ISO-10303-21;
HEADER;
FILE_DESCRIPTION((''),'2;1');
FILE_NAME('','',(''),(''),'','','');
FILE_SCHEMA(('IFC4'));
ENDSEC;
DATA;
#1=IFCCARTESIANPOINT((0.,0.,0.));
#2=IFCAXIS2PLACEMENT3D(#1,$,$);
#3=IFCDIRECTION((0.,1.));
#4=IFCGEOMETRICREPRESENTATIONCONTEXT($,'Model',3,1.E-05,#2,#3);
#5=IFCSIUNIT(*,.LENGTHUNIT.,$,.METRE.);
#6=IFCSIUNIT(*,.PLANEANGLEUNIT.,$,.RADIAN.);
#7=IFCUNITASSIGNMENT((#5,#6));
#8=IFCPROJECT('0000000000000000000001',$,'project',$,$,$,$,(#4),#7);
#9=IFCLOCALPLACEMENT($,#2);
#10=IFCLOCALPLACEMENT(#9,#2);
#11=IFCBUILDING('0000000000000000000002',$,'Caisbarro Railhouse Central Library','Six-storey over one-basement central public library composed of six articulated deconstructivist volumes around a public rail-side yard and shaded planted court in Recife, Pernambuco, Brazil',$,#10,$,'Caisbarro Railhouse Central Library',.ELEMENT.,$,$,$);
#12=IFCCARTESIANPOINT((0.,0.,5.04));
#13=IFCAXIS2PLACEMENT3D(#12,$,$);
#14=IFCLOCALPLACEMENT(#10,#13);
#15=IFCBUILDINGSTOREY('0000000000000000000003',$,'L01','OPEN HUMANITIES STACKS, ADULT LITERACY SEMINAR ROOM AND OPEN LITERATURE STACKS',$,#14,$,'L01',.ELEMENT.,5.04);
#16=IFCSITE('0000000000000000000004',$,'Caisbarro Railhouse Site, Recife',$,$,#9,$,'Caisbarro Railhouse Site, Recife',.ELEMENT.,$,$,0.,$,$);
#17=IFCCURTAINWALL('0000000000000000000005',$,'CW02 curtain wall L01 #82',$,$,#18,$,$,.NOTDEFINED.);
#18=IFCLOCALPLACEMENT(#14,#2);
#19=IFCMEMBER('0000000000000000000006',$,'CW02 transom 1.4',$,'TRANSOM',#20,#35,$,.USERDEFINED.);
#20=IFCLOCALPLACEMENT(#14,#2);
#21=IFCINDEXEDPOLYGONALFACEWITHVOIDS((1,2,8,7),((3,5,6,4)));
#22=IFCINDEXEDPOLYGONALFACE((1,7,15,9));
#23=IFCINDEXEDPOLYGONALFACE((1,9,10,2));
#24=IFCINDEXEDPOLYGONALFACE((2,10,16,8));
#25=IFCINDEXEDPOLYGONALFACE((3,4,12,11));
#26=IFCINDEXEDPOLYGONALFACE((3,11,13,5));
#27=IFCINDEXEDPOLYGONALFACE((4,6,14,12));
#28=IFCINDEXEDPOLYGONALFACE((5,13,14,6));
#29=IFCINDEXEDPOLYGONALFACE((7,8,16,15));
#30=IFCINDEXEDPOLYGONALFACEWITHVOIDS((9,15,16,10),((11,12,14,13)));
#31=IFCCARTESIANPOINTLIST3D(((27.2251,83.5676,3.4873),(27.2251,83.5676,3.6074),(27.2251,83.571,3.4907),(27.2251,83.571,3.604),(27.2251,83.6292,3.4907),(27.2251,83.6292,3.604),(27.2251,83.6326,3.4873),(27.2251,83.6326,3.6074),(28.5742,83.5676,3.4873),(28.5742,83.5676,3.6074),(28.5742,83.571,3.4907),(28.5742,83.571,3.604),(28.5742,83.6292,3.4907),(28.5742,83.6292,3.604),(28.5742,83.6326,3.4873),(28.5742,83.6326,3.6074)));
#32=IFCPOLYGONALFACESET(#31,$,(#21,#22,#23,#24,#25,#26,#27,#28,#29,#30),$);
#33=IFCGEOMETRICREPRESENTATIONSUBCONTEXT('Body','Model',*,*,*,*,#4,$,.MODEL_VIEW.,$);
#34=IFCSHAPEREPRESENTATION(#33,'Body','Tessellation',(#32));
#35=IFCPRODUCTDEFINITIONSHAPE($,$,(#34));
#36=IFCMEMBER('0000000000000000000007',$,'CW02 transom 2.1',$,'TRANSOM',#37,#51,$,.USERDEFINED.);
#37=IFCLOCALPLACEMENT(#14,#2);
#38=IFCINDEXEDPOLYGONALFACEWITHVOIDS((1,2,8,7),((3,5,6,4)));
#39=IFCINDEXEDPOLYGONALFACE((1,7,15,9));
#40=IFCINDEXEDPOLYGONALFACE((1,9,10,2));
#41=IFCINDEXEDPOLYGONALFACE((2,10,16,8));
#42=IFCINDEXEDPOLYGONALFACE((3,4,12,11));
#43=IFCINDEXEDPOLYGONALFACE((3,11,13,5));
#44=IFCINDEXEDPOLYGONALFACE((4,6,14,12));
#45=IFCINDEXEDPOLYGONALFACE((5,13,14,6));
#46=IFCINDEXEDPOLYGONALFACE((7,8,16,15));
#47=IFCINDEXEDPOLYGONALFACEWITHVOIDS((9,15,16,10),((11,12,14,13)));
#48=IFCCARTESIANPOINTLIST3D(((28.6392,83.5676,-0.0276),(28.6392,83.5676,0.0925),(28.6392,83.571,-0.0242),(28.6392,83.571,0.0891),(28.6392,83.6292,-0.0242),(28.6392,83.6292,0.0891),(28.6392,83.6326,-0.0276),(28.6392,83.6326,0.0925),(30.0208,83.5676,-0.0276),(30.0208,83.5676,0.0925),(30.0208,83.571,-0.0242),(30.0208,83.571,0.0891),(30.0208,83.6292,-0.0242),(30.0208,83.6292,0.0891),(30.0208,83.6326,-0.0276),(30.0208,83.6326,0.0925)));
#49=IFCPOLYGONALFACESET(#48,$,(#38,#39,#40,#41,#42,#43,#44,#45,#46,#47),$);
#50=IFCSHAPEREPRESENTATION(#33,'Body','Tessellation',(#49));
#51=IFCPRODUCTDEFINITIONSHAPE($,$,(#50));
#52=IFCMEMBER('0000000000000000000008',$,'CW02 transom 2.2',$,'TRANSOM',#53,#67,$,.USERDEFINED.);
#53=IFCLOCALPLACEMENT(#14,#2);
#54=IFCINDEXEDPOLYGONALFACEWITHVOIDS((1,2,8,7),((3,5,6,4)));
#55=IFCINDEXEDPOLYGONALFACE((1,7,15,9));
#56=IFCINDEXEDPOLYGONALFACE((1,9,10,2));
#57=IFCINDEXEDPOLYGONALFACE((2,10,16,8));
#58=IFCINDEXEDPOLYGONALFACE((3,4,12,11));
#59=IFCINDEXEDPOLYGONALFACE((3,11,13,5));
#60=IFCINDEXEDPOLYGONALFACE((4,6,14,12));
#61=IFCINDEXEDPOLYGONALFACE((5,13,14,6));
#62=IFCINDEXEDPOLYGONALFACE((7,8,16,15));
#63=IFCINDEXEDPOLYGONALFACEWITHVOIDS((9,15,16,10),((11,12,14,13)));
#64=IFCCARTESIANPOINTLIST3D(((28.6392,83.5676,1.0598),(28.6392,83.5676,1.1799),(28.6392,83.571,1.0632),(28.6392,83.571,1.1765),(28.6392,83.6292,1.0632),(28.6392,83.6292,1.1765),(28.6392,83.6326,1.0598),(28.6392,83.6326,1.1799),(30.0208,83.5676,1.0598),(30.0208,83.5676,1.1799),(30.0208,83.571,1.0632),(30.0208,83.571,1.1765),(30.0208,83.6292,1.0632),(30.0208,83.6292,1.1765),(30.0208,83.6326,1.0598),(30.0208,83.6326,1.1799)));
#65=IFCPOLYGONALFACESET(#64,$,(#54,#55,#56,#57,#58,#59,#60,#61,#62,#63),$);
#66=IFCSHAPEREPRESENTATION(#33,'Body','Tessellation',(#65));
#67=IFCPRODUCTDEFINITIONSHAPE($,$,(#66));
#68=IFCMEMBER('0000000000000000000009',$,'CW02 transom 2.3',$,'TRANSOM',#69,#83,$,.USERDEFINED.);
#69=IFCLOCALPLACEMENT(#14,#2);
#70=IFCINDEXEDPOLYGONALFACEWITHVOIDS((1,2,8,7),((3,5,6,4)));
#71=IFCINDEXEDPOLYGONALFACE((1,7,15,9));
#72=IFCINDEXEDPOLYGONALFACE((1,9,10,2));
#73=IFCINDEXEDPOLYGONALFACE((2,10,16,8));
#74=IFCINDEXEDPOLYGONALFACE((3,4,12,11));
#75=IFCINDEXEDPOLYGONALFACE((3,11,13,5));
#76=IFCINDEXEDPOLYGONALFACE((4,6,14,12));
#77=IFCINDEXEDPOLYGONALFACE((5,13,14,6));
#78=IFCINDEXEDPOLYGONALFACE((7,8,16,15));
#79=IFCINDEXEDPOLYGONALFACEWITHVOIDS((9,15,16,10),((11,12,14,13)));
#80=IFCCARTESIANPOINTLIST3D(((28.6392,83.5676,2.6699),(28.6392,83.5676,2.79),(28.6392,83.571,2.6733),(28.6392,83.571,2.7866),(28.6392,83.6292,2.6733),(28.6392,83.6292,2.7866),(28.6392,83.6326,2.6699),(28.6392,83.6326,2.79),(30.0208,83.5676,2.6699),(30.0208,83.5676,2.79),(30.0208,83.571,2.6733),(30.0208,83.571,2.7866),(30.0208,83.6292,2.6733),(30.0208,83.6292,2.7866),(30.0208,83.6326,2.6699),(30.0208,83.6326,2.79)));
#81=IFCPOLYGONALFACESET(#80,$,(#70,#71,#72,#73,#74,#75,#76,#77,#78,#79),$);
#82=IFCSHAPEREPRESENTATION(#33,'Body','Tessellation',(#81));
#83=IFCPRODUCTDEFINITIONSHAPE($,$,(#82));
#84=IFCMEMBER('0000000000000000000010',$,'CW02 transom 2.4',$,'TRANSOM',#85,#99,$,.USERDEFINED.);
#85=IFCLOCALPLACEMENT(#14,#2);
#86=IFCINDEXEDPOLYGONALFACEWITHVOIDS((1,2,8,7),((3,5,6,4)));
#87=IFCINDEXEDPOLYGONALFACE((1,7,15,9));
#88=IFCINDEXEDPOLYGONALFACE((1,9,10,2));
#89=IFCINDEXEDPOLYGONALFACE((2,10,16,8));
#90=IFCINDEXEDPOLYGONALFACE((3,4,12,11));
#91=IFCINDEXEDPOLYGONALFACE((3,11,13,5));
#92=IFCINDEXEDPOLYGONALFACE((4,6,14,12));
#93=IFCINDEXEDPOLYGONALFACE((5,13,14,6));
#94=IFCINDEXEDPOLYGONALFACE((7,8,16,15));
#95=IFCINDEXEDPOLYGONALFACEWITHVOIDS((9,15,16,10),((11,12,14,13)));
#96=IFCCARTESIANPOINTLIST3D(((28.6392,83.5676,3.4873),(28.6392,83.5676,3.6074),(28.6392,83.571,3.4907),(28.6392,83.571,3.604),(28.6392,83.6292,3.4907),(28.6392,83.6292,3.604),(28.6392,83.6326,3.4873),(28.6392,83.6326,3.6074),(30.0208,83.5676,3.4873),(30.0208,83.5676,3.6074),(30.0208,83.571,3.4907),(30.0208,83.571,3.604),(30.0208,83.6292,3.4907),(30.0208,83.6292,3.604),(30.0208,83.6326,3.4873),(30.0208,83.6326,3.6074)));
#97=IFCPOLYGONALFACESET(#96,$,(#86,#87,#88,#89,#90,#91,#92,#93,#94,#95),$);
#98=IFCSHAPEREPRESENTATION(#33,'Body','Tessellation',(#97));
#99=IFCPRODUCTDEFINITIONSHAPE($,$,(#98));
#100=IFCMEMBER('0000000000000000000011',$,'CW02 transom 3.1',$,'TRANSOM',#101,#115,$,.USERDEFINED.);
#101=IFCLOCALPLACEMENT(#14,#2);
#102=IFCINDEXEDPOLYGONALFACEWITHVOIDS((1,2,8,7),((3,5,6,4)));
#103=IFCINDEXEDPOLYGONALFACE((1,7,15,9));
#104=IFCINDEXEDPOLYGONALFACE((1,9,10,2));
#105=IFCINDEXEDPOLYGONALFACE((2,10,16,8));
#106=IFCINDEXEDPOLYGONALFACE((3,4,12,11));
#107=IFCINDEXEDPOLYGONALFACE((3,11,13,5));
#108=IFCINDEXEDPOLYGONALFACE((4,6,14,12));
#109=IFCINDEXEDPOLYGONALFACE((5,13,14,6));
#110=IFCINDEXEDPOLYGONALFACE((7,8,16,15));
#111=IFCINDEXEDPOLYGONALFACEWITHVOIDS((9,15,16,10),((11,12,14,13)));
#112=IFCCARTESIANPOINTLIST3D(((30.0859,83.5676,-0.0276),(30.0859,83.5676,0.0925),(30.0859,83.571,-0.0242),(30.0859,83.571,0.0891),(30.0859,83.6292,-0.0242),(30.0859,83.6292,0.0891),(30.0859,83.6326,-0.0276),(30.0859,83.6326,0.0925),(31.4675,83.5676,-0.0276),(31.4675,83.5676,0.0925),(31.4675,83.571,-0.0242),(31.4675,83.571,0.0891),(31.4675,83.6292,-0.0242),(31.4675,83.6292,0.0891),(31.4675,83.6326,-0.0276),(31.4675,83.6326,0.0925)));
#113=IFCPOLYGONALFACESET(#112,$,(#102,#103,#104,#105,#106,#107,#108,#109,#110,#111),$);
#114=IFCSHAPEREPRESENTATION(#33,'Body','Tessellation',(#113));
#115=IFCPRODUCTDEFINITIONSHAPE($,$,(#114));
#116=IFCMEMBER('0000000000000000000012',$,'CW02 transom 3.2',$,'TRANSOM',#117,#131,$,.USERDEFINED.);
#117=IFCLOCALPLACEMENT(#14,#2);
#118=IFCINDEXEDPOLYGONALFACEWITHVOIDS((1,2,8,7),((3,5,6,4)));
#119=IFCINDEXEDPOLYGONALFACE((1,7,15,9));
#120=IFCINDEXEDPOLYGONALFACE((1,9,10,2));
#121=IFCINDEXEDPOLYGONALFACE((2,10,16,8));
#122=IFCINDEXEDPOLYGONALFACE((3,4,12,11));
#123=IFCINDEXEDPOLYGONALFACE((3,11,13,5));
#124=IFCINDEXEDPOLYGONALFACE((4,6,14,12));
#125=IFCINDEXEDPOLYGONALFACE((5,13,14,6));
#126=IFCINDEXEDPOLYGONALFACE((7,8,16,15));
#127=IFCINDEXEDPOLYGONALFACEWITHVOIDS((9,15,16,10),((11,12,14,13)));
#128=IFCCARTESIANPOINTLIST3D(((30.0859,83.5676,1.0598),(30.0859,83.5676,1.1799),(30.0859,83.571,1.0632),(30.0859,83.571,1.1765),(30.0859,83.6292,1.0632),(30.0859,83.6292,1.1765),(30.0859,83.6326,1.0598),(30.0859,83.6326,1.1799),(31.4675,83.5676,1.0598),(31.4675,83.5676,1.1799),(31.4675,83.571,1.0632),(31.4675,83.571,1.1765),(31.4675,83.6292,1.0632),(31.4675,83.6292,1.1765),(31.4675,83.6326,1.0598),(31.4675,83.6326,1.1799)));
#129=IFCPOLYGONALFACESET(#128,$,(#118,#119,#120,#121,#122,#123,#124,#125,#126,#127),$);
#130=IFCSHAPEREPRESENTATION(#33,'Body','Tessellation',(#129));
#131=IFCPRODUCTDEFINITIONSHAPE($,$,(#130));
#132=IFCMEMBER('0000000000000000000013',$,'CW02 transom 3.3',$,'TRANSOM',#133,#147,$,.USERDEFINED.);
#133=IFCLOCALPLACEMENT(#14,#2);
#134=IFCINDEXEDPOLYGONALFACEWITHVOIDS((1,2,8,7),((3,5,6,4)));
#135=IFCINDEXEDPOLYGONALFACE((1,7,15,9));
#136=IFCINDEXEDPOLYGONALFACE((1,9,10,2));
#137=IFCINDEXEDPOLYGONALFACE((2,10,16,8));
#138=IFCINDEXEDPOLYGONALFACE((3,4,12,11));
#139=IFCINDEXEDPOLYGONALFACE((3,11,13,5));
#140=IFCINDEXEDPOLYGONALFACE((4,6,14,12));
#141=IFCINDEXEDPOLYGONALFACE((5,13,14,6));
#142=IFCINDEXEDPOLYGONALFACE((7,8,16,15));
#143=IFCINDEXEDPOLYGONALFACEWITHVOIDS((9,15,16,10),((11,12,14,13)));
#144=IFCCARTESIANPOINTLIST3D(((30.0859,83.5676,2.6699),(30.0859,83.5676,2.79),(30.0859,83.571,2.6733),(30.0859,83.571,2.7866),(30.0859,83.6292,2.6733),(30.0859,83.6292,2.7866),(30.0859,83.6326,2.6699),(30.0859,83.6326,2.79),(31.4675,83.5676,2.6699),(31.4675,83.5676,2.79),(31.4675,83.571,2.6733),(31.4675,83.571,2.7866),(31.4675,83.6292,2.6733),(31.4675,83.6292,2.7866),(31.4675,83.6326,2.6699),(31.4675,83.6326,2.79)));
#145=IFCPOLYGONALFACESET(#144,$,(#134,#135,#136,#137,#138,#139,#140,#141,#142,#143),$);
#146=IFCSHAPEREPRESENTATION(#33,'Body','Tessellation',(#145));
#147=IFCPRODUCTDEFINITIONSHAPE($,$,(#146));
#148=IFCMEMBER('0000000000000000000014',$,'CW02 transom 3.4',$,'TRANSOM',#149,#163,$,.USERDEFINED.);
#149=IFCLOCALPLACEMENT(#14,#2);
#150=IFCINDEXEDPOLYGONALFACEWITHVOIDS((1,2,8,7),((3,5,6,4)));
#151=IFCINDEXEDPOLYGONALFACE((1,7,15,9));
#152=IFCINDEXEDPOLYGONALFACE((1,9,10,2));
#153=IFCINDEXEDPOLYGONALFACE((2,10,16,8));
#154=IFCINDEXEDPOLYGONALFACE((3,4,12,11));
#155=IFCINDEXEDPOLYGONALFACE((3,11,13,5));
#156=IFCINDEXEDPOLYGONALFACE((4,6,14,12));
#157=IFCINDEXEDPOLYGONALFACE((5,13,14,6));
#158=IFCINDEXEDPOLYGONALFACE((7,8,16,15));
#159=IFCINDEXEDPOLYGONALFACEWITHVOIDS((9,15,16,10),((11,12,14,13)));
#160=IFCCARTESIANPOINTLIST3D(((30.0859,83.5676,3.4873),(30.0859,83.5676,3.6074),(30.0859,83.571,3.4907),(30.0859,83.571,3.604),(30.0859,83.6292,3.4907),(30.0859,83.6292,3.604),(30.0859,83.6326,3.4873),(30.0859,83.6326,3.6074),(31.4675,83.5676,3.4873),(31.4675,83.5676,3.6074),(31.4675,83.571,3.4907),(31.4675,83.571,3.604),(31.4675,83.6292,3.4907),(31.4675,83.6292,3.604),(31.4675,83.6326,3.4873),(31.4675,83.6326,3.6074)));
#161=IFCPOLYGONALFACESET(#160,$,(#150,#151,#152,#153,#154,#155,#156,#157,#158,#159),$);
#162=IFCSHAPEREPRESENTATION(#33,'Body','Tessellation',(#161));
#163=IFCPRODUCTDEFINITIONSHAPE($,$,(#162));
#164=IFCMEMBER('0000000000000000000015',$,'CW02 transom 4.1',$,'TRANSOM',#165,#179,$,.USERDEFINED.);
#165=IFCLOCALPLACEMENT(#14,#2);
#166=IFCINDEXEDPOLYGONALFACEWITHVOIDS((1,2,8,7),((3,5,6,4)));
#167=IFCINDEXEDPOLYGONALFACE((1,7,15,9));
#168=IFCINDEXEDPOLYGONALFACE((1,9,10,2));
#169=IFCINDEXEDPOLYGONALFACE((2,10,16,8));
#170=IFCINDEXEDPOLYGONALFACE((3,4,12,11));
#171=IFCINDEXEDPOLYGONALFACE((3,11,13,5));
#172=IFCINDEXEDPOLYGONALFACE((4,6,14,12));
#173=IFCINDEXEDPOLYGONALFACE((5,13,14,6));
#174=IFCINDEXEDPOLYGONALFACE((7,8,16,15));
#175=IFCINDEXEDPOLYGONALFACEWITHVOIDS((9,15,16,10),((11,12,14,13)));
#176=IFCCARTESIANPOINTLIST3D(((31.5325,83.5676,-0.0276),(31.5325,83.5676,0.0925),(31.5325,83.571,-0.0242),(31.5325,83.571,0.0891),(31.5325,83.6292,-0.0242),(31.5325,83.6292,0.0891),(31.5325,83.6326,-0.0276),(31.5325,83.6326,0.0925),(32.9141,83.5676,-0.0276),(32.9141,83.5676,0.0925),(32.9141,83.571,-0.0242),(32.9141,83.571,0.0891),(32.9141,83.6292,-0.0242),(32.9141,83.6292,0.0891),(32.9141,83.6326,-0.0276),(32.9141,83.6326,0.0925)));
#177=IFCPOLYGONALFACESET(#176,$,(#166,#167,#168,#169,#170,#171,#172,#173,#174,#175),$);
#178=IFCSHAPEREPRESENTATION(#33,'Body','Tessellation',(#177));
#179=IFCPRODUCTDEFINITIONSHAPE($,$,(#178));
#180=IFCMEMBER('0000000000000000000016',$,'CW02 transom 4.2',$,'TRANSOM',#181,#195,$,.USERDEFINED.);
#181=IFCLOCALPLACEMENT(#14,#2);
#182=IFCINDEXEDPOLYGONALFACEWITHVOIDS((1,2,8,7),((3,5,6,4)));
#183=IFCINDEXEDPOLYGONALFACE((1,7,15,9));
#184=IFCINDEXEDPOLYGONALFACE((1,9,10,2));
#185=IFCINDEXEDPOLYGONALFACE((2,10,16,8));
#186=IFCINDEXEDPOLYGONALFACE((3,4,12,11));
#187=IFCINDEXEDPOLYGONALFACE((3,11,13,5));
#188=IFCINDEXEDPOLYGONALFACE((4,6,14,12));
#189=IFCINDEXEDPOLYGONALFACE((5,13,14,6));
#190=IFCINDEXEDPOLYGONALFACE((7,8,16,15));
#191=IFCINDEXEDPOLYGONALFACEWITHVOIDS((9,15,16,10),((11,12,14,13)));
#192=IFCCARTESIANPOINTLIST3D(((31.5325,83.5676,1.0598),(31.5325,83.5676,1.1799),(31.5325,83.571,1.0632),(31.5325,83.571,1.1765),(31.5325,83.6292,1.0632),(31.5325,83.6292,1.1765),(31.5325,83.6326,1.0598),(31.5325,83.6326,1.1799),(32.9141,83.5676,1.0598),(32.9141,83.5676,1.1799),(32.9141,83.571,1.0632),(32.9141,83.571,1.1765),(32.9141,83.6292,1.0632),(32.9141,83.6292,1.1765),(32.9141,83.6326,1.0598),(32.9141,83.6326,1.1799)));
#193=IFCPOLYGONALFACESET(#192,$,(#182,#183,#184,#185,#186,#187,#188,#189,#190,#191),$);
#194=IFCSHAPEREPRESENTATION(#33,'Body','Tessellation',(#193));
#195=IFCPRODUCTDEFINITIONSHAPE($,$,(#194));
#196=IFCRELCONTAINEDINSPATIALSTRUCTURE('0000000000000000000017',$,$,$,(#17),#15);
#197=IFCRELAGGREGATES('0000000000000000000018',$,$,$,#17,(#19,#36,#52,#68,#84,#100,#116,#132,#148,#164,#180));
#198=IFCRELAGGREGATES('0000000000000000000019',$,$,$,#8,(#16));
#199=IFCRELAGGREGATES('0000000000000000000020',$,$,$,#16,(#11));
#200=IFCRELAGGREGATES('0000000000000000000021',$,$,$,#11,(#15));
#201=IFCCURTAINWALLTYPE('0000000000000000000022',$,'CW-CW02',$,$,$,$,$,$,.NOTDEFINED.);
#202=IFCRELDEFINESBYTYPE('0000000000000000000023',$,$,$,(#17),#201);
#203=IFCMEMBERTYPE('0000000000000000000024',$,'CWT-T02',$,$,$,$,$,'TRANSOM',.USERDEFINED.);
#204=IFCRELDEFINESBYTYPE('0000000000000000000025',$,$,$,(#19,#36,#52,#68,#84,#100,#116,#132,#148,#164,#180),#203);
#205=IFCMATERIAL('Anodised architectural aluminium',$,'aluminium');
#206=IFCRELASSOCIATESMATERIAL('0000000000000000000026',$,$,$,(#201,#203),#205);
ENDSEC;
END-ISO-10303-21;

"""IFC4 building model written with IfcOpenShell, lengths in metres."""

from ifc_helpers import new_model, si_unit, direction, frame, origin, origin_2d, place, context, subcontext, project, spatial, hollow_rectangle, extrude, material, material_profile, profile_set, type_object, element, aggregate, save


model = new_model("IFC4")

# Units and contexts
model_context = context("Model", 3, precision=1e-05, world=origin(), true_north=direction((0.0, 1.0)))
body_context = subcontext(model_context, "Body", "Model", "MODEL_VIEW")
ifc_project = project(units=[si_unit("LENGTHUNIT", "METRE"), si_unit("PLANEANGLEUNIT", "RADIAN")], contexts=[model_context])

# Site, building, storey
site_placement = place(None, origin())
site = spatial("IfcSite", under=ifc_project, at=site_placement, Name="Caisbarro Railhouse Site, Recife", LongName="Caisbarro Railhouse Site, Recife", CompositionType="ELEMENT", RefElevation=0.0)
building_placement = place(site_placement, origin())
building = spatial("IfcBuilding", under=site, at=building_placement, Name="Caisbarro Railhouse Central Library", Description="Six-storey over one-basement central public library composed of six articulated deconstructivist volumes around a public rail-side yard and shaded planted court in Recife, Pernambuco, Brazil", LongName="Caisbarro Railhouse Central Library", CompositionType="ELEMENT")
storey_placement = place(building_placement, frame((0.0, 0.0, 5.04)))
storey = spatial("IfcBuildingStorey", under=building, at=storey_placement, Name="L01", Description="OPEN HUMANITIES STACKS, ADULT LITERACY SEMINAR ROOM AND OPEN LITERATURE STACKS", LongName="L01", CompositionType="ELEMENT", Elevation=5.04)

# Curtain wall, members
ifc_material_1 = material(Name="Anodised architectural aluminium", Category="aluminium")
curtain_wall_type = type_object("IfcCurtainWallType", Name="CW-CW02", PredefinedType="NOTDEFINED", material=ifc_material_1)
curtain_wall_placement = place(storey_placement, origin())
curtain_wall = element("IfcCurtainWall", 1, at=curtain_wall_placement, inside=storey, type_object=curtain_wall_type, Name="CW02 curtain wall L01 #82", PredefinedType="NOTDEFINED")
ifc_material_profile_1 = material_profile(ifc_material_1, hollow_rectangle(XDim=0.0649, YDim=0.1201, WallThickness=0.0034, at=origin_2d()), Name="ALU-TRN-65X120")
ifc_profile_set_1 = profile_set([ifc_material_profile_1], Name="Anodised architectural aluminium")
member_type_1 = type_object("IfcMemberType", Name="CWT-T02", ElementType="TRANSOM", PredefinedType="USERDEFINED", material=ifc_profile_set_1)
member_1_placement = place(storey_placement, frame((27.2251, 83.6001, 3.5474), z_axis=(1.0, 0.0, 0.0), x_axis=(0.0, 1.0, 0.0)))
member_1 = element("IfcMember", 2, at=member_1_placement, type_object=member_type_1, Name="CW02 transom 1.4", ObjectType="TRANSOM", PredefinedType="USERDEFINED", context=body_context, shape_type="SweptSolid", body=[
    extrude(hollow_rectangle(XDim=0.0649, YDim=0.1201, WallThickness=0.0034, at=origin_2d()), origin(), (0.0, 0.0, 1.0), 1.3491),
])
member_2_placement = place(storey_placement, frame((28.6392, 83.6001, 0.0325), z_axis=(1.0, 0.0, 0.0), x_axis=(0.0, 1.0, 0.0)))
member_2 = element("IfcMember", 3, at=member_2_placement, type_object=member_type_1, Name="CW02 transom 2.1", ObjectType="TRANSOM", PredefinedType="USERDEFINED", context=body_context, shape_type="SweptSolid", body=[
    extrude(hollow_rectangle(XDim=0.0649, YDim=0.1201, WallThickness=0.0034, at=origin_2d()), origin(), (0.0, 0.0, 1.0), 1.3816),
])
member_3_placement = place(storey_placement, frame((28.6392, 83.6001, 1.1199), z_axis=(1.0, 0.0, 0.0), x_axis=(0.0, 1.0, 0.0)))
member_3 = element("IfcMember", 4, at=member_3_placement, type_object=member_type_1, Name="CW02 transom 2.2", ObjectType="TRANSOM", PredefinedType="USERDEFINED", context=body_context, shape_type="SweptSolid", body=[
    extrude(hollow_rectangle(XDim=0.0649, YDim=0.1201, WallThickness=0.0034, at=origin_2d()), origin(), (0.0, 0.0, 1.0), 1.3816),
])
member_4_placement = place(storey_placement, frame((28.6392, 83.6001, 2.73), z_axis=(1.0, 0.0, 0.0), x_axis=(0.0, 1.0, 0.0)))
member_4 = element("IfcMember", 5, at=member_4_placement, type_object=member_type_1, Name="CW02 transom 2.3", ObjectType="TRANSOM", PredefinedType="USERDEFINED", context=body_context, shape_type="SweptSolid", body=[
    extrude(hollow_rectangle(XDim=0.0649, YDim=0.1201, WallThickness=0.0034, at=origin_2d()), origin(), (0.0, 0.0, 1.0), 1.3816),
])
member_5_placement = place(storey_placement, frame((28.6392, 83.6001, 3.5474), z_axis=(1.0, 0.0, 0.0), x_axis=(0.0, 1.0, 0.0)))
member_5 = element("IfcMember", 6, at=member_5_placement, type_object=member_type_1, Name="CW02 transom 2.4", ObjectType="TRANSOM", PredefinedType="USERDEFINED", context=body_context, shape_type="SweptSolid", body=[
    extrude(hollow_rectangle(XDim=0.0649, YDim=0.1201, WallThickness=0.0034, at=origin_2d()), origin(), (0.0, 0.0, 1.0), 1.3816),
])
member_6_placement = place(storey_placement, frame((30.0859, 83.6001, 0.0325), z_axis=(1.0, 0.0, 0.0), x_axis=(0.0, 1.0, 0.0)))
member_6 = element("IfcMember", 7, at=member_6_placement, type_object=member_type_1, Name="CW02 transom 3.1", ObjectType="TRANSOM", PredefinedType="USERDEFINED", context=body_context, shape_type="SweptSolid", body=[
    extrude(hollow_rectangle(XDim=0.0649, YDim=0.1201, WallThickness=0.0034, at=origin_2d()), origin(), (0.0, 0.0, 1.0), 1.3816),
])
member_7_placement = place(storey_placement, frame((30.0859, 83.6001, 1.1199), z_axis=(1.0, 0.0, 0.0), x_axis=(0.0, 1.0, 0.0)))
member_7 = element("IfcMember", 8, at=member_7_placement, type_object=member_type_1, Name="CW02 transom 3.2", ObjectType="TRANSOM", PredefinedType="USERDEFINED", context=body_context, shape_type="SweptSolid", body=[
    extrude(hollow_rectangle(XDim=0.0649, YDim=0.1201, WallThickness=0.0034, at=origin_2d()), origin(), (0.0, 0.0, 1.0), 1.3816),
])
member_8_placement = place(storey_placement, frame((30.0859, 83.6001, 2.73), z_axis=(1.0, 0.0, 0.0), x_axis=(0.0, 1.0, 0.0)))
member_8 = element("IfcMember", 9, at=member_8_placement, type_object=member_type_1, Name="CW02 transom 3.3", ObjectType="TRANSOM", PredefinedType="USERDEFINED", context=body_context, shape_type="SweptSolid", body=[
    extrude(hollow_rectangle(XDim=0.0649, YDim=0.1201, WallThickness=0.0034, at=origin_2d()), origin(), (0.0, 0.0, 1.0), 1.3816),
])
member_9_placement = place(storey_placement, frame((30.0859, 83.6001, 3.5474), z_axis=(1.0, 0.0, 0.0), x_axis=(0.0, 1.0, 0.0)))
member_9 = element("IfcMember", 10, at=member_9_placement, type_object=member_type_1, Name="CW02 transom 3.4", ObjectType="TRANSOM", PredefinedType="USERDEFINED", context=body_context, shape_type="SweptSolid", body=[
    extrude(hollow_rectangle(XDim=0.0649, YDim=0.1201, WallThickness=0.0034, at=origin_2d()), origin(), (0.0, 0.0, 1.0), 1.3816),
])
member_10_placement = place(storey_placement, frame((31.5325, 83.6001, 0.0325), z_axis=(1.0, 0.0, 0.0), x_axis=(0.0, 1.0, 0.0)))
member_10 = element("IfcMember", 11, at=member_10_placement, type_object=member_type_1, Name="CW02 transom 4.1", ObjectType="TRANSOM", PredefinedType="USERDEFINED", context=body_context, shape_type="SweptSolid", body=[
    extrude(hollow_rectangle(XDim=0.0649, YDim=0.1201, WallThickness=0.0034, at=origin_2d()), origin(), (0.0, 0.0, 1.0), 1.3816),
])
member_11_placement = place(storey_placement, frame((31.5325, 83.6001, 1.1199), z_axis=(1.0, 0.0, 0.0), x_axis=(0.0, 1.0, 0.0)))
member_11 = element("IfcMember", 12, at=member_11_placement, type_object=member_type_1, Name="CW02 transom 4.2", ObjectType="TRANSOM", PredefinedType="USERDEFINED", context=body_context, shape_type="SweptSolid", body=[
    extrude(hollow_rectangle(XDim=0.0649, YDim=0.1201, WallThickness=0.0034, at=origin_2d()), origin(), (0.0, 0.0, 1.0), 1.3816),
])
aggregate(curtain_wall, [member_1, member_2, member_3, member_4, member_5, member_6, member_7, member_8, member_9, member_10, member_11])

save(model, "model.ifc")
